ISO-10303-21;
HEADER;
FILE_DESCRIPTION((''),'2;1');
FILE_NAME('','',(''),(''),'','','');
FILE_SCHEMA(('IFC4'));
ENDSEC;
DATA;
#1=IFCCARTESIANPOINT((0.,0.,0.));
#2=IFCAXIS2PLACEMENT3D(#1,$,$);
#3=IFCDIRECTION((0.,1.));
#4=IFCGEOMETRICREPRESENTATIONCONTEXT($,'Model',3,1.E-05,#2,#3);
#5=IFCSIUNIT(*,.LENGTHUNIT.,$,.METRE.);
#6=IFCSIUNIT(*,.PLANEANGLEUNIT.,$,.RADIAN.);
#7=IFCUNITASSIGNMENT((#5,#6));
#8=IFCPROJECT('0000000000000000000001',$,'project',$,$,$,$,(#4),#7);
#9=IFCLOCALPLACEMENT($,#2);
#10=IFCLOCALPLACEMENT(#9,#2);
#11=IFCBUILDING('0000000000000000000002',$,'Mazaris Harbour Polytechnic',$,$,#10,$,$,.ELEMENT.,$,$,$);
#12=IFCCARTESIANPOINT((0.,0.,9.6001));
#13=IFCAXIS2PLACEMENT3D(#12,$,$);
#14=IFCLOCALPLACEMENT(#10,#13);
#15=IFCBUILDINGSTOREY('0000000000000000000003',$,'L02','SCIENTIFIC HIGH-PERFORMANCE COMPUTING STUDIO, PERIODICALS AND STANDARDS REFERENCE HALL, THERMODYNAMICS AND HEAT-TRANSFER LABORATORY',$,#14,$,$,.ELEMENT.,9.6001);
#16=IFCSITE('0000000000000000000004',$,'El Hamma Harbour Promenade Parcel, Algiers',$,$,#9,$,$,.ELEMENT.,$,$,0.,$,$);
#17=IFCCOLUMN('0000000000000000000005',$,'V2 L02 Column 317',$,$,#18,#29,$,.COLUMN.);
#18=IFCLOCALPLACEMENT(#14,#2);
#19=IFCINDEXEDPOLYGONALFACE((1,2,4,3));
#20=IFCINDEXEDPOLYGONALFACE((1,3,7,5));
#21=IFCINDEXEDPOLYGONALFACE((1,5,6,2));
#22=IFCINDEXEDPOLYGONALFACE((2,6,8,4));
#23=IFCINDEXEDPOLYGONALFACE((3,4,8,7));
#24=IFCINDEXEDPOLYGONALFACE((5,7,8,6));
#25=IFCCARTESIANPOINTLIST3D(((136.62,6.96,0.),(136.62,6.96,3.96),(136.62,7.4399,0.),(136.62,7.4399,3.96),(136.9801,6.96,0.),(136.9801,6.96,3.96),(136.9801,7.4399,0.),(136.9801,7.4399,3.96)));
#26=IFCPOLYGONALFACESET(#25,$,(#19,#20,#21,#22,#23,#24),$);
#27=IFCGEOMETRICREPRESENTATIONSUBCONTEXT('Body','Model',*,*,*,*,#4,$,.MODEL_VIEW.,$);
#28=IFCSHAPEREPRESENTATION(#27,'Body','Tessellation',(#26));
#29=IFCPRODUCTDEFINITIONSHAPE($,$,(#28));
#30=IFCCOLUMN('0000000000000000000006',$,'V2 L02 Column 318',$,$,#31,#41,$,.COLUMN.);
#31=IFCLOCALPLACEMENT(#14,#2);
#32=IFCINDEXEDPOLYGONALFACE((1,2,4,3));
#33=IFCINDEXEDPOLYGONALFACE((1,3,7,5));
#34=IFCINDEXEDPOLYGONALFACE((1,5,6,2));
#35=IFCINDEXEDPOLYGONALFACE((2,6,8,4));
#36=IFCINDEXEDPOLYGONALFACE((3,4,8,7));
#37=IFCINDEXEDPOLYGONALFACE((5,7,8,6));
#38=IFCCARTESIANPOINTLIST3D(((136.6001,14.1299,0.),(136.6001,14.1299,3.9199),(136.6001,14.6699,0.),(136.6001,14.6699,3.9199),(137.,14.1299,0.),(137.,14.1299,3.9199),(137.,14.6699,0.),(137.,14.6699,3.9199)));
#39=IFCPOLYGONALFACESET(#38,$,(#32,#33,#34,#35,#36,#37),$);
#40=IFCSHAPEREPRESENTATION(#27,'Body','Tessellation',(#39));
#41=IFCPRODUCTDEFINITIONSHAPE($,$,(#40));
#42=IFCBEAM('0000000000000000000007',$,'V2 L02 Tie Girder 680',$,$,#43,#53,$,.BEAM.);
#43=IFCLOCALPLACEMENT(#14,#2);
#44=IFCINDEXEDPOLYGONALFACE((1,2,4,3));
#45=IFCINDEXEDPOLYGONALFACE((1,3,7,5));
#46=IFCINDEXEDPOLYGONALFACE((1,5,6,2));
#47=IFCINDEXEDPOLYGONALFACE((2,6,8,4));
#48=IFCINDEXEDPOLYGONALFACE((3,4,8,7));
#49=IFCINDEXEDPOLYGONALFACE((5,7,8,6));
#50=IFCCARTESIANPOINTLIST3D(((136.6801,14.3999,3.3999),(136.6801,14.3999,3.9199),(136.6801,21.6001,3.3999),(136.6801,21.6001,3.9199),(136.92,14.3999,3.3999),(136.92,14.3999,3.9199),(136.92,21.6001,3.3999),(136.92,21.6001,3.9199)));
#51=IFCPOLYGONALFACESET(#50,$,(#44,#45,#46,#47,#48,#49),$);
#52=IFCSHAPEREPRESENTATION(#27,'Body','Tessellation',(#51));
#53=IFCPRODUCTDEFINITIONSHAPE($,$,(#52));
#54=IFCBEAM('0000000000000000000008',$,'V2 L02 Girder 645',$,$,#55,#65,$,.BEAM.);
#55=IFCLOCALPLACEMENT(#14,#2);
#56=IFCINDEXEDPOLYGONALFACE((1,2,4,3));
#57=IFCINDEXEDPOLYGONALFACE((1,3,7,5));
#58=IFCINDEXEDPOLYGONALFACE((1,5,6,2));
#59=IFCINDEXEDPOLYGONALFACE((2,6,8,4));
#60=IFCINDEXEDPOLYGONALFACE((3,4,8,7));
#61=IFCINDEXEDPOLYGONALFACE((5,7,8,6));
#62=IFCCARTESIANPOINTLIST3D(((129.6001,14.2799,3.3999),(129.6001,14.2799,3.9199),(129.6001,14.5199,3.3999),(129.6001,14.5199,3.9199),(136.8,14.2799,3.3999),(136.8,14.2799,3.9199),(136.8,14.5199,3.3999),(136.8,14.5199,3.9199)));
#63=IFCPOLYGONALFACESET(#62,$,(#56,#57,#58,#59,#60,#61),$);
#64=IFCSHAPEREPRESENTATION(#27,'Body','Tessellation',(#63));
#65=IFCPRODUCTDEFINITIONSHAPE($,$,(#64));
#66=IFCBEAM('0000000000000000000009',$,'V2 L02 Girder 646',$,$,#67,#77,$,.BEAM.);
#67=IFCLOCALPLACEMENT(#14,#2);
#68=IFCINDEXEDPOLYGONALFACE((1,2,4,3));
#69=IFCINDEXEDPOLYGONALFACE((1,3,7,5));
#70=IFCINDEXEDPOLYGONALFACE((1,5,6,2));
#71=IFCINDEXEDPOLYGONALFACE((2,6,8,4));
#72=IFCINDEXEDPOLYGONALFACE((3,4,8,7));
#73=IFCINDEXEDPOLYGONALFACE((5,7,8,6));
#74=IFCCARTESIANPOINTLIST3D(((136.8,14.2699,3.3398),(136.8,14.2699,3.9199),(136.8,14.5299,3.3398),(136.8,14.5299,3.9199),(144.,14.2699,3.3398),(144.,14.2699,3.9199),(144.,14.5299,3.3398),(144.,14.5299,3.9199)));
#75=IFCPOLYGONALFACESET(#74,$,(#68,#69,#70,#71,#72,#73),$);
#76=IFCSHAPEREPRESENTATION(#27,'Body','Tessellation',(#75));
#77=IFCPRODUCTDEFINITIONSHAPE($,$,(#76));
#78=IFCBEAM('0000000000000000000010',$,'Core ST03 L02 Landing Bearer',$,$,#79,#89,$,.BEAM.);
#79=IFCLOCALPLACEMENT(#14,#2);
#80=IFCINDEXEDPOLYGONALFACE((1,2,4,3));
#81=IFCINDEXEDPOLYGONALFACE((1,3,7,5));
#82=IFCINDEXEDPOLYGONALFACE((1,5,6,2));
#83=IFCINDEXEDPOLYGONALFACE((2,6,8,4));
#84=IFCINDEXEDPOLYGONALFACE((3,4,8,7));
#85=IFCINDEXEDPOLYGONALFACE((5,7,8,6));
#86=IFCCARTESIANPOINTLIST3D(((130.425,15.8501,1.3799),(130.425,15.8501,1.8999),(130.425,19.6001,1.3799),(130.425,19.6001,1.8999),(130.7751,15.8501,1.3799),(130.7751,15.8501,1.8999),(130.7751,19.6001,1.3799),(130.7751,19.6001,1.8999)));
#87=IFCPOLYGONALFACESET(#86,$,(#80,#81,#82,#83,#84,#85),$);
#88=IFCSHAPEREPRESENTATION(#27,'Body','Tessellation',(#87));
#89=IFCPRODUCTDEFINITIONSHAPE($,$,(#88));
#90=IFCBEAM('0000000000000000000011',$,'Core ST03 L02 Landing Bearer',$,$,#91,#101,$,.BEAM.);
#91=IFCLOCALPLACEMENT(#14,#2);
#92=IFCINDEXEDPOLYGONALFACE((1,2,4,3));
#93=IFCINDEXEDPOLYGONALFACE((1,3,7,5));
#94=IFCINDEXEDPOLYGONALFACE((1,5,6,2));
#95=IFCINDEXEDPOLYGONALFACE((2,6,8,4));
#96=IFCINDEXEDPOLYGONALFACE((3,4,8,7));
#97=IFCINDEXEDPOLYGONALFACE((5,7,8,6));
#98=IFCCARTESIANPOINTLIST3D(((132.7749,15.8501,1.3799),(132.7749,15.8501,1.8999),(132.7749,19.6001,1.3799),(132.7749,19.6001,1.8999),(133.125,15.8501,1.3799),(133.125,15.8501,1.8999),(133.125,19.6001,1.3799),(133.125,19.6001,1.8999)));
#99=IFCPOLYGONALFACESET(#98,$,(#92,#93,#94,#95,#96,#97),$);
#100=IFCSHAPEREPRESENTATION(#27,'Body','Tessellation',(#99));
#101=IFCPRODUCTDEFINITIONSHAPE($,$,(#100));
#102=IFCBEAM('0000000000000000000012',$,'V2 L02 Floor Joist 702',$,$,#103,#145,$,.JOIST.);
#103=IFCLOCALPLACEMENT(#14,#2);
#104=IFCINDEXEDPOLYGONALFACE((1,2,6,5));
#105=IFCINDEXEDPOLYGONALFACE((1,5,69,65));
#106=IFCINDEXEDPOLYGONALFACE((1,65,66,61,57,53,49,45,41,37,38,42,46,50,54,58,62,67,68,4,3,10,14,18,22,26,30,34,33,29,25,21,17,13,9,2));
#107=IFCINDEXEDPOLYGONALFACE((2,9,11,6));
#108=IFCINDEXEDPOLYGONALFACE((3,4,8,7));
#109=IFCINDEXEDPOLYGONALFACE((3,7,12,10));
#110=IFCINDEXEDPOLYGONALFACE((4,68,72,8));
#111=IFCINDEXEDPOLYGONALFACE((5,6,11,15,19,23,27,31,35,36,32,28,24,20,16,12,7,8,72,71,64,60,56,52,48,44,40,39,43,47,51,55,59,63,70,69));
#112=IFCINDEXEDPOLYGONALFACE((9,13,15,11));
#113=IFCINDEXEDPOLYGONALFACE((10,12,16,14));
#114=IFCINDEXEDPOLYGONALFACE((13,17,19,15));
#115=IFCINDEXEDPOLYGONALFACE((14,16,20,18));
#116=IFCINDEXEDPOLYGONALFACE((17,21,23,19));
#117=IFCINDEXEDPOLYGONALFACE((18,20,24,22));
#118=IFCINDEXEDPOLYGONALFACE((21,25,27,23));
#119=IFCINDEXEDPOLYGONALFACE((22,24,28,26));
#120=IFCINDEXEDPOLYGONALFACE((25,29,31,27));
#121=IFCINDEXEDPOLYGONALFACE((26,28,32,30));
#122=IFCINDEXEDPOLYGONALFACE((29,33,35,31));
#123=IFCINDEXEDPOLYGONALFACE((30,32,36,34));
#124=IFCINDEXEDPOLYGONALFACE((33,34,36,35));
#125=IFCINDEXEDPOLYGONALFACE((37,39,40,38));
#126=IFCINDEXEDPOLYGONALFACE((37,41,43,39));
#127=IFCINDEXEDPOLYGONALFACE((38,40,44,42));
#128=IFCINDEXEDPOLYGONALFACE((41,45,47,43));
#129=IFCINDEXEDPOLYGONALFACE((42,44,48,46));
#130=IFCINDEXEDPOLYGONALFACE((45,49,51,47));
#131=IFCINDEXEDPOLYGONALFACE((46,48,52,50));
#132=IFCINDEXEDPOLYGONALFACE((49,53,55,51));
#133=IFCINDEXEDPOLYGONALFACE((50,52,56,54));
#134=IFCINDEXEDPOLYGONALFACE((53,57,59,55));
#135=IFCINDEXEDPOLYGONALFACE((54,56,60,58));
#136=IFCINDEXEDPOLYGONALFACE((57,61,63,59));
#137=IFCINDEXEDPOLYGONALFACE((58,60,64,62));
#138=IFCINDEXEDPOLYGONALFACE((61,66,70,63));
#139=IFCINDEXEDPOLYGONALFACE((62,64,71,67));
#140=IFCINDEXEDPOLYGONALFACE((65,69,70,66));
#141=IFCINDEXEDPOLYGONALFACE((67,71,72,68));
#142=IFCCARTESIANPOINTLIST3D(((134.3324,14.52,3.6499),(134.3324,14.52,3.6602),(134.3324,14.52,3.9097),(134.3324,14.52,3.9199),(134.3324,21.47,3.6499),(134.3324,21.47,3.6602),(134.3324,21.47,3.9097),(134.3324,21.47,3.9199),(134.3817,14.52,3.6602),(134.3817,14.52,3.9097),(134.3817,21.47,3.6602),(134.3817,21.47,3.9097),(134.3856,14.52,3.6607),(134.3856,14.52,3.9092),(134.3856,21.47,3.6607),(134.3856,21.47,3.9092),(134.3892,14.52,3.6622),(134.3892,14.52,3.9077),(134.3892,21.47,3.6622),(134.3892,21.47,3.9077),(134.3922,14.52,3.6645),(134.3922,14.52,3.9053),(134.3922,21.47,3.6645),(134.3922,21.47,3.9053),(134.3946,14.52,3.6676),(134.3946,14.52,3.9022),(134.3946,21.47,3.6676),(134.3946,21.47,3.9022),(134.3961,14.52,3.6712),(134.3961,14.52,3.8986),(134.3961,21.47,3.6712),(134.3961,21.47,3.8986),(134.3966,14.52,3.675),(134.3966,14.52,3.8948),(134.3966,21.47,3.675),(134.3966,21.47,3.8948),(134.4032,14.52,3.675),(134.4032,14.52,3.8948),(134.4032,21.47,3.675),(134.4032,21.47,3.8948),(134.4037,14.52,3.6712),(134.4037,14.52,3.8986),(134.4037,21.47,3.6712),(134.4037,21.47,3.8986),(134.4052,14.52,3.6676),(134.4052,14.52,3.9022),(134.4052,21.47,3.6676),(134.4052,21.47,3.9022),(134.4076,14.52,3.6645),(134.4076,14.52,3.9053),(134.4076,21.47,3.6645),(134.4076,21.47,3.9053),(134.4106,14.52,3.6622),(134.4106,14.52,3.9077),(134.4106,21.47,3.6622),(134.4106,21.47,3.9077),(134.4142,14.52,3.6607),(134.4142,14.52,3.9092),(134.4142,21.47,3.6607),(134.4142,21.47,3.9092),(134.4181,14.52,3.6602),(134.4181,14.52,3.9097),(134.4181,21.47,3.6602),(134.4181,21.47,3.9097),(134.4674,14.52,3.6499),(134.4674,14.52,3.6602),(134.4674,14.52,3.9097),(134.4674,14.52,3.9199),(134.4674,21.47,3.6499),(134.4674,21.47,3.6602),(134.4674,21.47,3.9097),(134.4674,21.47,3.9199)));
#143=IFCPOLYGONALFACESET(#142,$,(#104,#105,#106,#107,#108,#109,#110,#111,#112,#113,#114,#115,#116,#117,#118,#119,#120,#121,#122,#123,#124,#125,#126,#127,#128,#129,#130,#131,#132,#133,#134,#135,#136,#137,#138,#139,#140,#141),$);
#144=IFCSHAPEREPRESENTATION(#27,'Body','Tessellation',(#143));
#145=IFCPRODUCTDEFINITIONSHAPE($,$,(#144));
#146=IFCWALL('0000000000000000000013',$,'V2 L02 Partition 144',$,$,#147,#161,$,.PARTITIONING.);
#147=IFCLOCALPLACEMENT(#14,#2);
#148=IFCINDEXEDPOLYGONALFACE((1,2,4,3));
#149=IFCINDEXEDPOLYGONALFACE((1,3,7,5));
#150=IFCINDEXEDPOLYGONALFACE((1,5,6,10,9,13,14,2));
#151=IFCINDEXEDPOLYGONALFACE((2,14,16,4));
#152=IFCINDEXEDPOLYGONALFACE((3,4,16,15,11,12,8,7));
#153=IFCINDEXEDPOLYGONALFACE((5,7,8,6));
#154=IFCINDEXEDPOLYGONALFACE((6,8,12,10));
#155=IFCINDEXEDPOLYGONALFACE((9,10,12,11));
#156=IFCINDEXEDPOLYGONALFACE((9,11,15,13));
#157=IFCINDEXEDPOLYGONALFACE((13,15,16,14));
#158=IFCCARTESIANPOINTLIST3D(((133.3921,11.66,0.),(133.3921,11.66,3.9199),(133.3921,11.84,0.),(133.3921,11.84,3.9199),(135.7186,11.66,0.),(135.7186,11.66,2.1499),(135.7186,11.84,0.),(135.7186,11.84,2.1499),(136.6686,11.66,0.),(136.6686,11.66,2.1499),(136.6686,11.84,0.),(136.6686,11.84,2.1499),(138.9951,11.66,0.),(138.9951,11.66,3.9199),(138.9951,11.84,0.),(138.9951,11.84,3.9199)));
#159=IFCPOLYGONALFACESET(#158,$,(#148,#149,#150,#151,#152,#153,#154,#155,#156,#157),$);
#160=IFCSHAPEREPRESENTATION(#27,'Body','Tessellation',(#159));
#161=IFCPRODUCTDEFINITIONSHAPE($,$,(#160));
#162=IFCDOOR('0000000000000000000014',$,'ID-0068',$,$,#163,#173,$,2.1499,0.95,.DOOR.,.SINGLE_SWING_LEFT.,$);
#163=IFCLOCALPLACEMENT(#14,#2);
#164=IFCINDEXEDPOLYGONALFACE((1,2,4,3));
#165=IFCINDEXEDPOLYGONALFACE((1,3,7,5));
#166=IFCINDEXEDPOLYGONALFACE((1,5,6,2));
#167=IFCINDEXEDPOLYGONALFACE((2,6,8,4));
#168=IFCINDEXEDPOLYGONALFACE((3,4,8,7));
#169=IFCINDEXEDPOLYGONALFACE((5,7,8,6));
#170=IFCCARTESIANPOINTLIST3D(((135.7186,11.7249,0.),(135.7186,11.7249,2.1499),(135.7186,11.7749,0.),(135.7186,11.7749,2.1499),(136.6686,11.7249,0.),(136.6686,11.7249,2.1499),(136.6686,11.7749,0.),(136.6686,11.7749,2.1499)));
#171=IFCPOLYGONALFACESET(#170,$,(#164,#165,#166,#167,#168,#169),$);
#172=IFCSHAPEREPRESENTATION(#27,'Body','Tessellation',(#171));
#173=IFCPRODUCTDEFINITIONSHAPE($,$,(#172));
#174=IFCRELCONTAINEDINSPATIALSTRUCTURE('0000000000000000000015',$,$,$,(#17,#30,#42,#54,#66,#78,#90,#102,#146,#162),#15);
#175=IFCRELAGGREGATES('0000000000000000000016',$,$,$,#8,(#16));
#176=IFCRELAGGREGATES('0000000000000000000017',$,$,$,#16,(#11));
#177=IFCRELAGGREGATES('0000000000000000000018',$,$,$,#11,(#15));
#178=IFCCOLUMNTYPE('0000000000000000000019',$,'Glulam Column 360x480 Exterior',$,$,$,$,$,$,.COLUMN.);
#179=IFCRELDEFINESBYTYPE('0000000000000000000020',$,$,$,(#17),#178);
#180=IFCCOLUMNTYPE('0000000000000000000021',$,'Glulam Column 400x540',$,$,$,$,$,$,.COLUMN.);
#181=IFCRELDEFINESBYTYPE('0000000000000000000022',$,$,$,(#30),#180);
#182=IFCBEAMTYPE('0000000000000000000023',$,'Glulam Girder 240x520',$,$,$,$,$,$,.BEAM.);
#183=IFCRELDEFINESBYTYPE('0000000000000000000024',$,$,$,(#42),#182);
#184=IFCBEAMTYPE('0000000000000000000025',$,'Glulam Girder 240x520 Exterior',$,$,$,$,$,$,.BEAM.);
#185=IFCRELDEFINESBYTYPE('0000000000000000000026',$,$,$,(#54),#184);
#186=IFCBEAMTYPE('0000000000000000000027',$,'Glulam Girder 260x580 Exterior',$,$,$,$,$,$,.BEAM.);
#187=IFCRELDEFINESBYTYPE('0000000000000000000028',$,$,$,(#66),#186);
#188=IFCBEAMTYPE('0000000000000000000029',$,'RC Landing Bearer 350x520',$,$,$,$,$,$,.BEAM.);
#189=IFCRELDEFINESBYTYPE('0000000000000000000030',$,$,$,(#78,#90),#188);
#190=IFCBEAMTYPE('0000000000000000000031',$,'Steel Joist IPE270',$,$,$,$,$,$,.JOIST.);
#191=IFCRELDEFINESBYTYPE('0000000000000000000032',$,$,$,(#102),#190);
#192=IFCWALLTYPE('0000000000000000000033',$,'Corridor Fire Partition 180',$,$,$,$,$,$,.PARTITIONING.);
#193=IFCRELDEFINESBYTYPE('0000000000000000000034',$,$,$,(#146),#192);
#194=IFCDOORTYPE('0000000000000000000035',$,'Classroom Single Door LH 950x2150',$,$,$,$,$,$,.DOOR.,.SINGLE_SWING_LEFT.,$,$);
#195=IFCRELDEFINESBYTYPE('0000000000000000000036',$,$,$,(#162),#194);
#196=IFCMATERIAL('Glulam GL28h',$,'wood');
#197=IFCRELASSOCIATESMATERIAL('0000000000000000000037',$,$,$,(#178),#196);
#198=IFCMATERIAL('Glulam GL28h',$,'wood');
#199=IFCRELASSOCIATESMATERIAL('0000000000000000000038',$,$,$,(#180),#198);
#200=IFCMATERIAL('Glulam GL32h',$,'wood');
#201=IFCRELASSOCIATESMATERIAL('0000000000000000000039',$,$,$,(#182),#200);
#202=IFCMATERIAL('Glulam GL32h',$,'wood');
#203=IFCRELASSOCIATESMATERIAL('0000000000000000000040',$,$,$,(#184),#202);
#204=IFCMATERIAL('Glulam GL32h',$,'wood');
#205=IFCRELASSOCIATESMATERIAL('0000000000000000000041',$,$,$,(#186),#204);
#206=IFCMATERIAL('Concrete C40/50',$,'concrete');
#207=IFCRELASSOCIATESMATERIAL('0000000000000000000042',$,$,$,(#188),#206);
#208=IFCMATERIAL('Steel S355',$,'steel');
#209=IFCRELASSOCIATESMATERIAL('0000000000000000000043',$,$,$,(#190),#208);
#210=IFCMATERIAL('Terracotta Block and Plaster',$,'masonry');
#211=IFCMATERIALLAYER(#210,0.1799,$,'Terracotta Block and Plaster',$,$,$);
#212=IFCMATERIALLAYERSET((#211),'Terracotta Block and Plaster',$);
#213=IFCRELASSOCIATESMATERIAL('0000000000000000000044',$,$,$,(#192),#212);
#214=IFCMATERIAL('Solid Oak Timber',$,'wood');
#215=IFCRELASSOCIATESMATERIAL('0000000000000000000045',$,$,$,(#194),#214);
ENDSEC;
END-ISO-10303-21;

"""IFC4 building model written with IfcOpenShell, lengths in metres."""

from ifc_helpers import new_model, si_unit, direction, frame, frame_2d, origin, origin_2d, place, context, subcontext, project, spatial, rectangle, i_section, extrude, material, layer, layer_set, material_profile, profile_set, type_object, element, fill, save


model = new_model("IFC4")

# Units and contexts
model_context = context("Model", 3, precision=1e-05, world=origin(), true_north=direction((0.0, 1.0)))
body_context = subcontext(model_context, "Body", "Model", "MODEL_VIEW")
ifc_project = project(units=[si_unit("LENGTHUNIT", "METRE"), si_unit("PLANEANGLEUNIT", "RADIAN")], contexts=[model_context])

# Site, building, storey
site_placement = place(None, origin())
site = spatial("IfcSite", under=ifc_project, at=site_placement, Name="El Hamma Harbour Promenade Parcel, Algiers", CompositionType="ELEMENT", RefElevation=0.0)
building_placement = place(site_placement, origin())
building = spatial("IfcBuilding", under=site, at=building_placement, Name="Mazaris Harbour Polytechnic", CompositionType="ELEMENT")
storey_placement = place(building_placement, frame((0.0, 0.0, 9.6001)))
storey = spatial("IfcBuildingStorey", under=building, at=storey_placement, Name="L02", Description="SCIENTIFIC HIGH-PERFORMANCE COMPUTING STUDIO, PERIODICALS AND STANDARDS REFERENCE HALL, THERMODYNAMICS AND HEAT-TRANSFER LABORATORY", CompositionType="ELEMENT", Elevation=9.6001)

# Columns
ifc_material_1 = material(Name="Glulam GL28h", Category="wood")
ifc_material_profile_1 = material_profile(ifc_material_1, rectangle(XDim=0.3601, YDim=0.48, at=origin_2d()), Name="RECT360x480")
ifc_profile_set_1 = profile_set([ifc_material_profile_1], Name="Glulam GL28h")
column_type_1 = type_object("IfcColumnType", Name="Glulam Column 360x480 Exterior", PredefinedType="COLUMN", material=ifc_profile_set_1)
column_1_placement = place(storey_placement, frame((136.8, 7.2, 0.0), z_axis=(0.0, 0.0, 1.0), x_axis=(1.0, 0.0, 0.0)))
element("IfcColumn", 1, at=column_1_placement, inside=storey, type_object=column_type_1, Name="V2 L02 Column 317", PredefinedType="COLUMN", context=body_context, shape_type="SweptSolid", body=[
    extrude(rectangle(XDim=0.3601, YDim=0.48, at=origin_2d()), origin(), (0.0, 0.0, 1.0), 3.96),
])
ifc_material_2 = material(Name="Glulam GL28h", Category="wood")
ifc_material_profile_2 = material_profile(ifc_material_2, rectangle(XDim=0.3999, YDim=0.54, at=origin_2d()), Name="RECT400x540")
ifc_profile_set_2 = profile_set([ifc_material_profile_2], Name="Glulam GL28h")
column_type_2 = type_object("IfcColumnType", Name="Glulam Column 400x540", PredefinedType="COLUMN", material=ifc_profile_set_2)
column_2_placement = place(storey_placement, frame((136.8, 14.3999, 0.0), z_axis=(0.0, 0.0, 1.0), x_axis=(1.0, 0.0, 0.0)))
element("IfcColumn", 2, at=column_2_placement, inside=storey, type_object=column_type_2, Name="V2 L02 Column 318", PredefinedType="COLUMN", context=body_context, shape_type="SweptSolid", body=[
    extrude(rectangle(XDim=0.3999, YDim=0.54, at=origin_2d()), origin(), (0.0, 0.0, 1.0), 3.9199),
])

# Beams
ifc_material_3 = material(Name="Glulam GL32h", Category="wood")
ifc_material_profile_3 = material_profile(ifc_material_3, rectangle(XDim=0.24, YDim=0.52, at=origin_2d()), Name="RECT240x520")
ifc_profile_set_3 = profile_set([ifc_material_profile_3], Name="Glulam GL32h")
beam_type_1 = type_object("IfcBeamType", Name="Glulam Girder 240x520", PredefinedType="BEAM", material=ifc_profile_set_3)
beam_1_placement = place(storey_placement, frame((136.8, 14.3999, 3.6599), z_axis=(0.0, 1.0, 0.0), x_axis=(-1.0, 0.0, 0.0)))
element("IfcBeam", 3, at=beam_1_placement, inside=storey, type_object=beam_type_1, Name="V2 L02 Tie Girder 680", PredefinedType="BEAM", context=body_context, shape_type="SweptSolid", body=[
    extrude(rectangle(XDim=0.24, YDim=0.52, at=origin_2d()), origin(), (0.0, 0.0, 1.0), 7.2002),
])
ifc_material_4 = material(Name="Glulam GL32h", Category="wood")
ifc_material_profile_4 = material_profile(ifc_material_4, rectangle(XDim=0.24, YDim=0.52, at=origin_2d()), Name="RECT240x520")
ifc_profile_set_4 = profile_set([ifc_material_profile_4], Name="Glulam GL32h")
beam_type_2 = type_object("IfcBeamType", Name="Glulam Girder 240x520 Exterior", PredefinedType="BEAM", material=ifc_profile_set_4)
beam_2_placement = place(storey_placement, frame((129.6001, 14.3999, 3.6599), z_axis=(1.0, 0.0, 0.0), x_axis=(0.0, 1.0, 0.0)))
element("IfcBeam", 4, at=beam_2_placement, inside=storey, type_object=beam_type_2, Name="V2 L02 Girder 645", PredefinedType="BEAM", context=body_context, shape_type="SweptSolid", body=[
    extrude(rectangle(XDim=0.24, YDim=0.52, at=origin_2d()), origin(), (0.0, 0.0, 1.0), 7.2),
])
ifc_material_5 = material(Name="Glulam GL32h", Category="wood")
ifc_material_profile_5 = material_profile(ifc_material_5, rectangle(XDim=0.26, YDim=0.5801, at=origin_2d()), Name="RECT260x580")
ifc_profile_set_5 = profile_set([ifc_material_profile_5], Name="Glulam GL32h")
beam_type_3 = type_object("IfcBeamType", Name="Glulam Girder 260x580 Exterior", PredefinedType="BEAM", material=ifc_profile_set_5)
beam_3_placement = place(storey_placement, frame((136.8, 14.3999, 3.6299), z_axis=(1.0, 0.0, 0.0), x_axis=(0.0, 1.0, 0.0)))
element("IfcBeam", 5, at=beam_3_placement, inside=storey, type_object=beam_type_3, Name="V2 L02 Girder 646", PredefinedType="BEAM", context=body_context, shape_type="SweptSolid", body=[
    extrude(rectangle(XDim=0.26, YDim=0.5801, at=origin_2d()), origin(), (0.0, 0.0, 1.0), 7.2),
])
ifc_material_6 = material(Name="Concrete C40/50", Category="concrete")
ifc_material_profile_6 = material_profile(ifc_material_6, rectangle(XDim=0.3501, YDim=0.52, at=origin_2d()), Name="RECT350x520")
ifc_profile_set_6 = profile_set([ifc_material_profile_6], Name="Concrete C40/50")
beam_type_4 = type_object("IfcBeamType", Name="RC Landing Bearer 350x520", PredefinedType="BEAM", material=ifc_profile_set_6)
for number, where, z_axis, x_axis, name in (
    (6, (130.6001, 15.8501, 1.6399), (0.0, 1.0, 0.0), (-1.0, 0.0, 0.0), "Core ST03 L02 Landing Bearer"),
    (7, (132.95, 15.8501, 1.6399), (0.0, 1.0, 0.0), (-1.0, 0.0, 0.0), "Core ST03 L02 Landing Bearer"),
):
    element("IfcBeam", number, at=place(storey_placement, frame(where, z_axis=z_axis, x_axis=x_axis)), inside=storey, type_object=beam_type_4, Name=name, PredefinedType="BEAM", context=body_context, shape_type="SweptSolid", body=[
        extrude(rectangle(XDim=0.3501, YDim=0.52, at=origin_2d()), origin(), (0.0, 0.0, 1.0), 3.75),
    ])
ifc_material_7 = material(Name="Steel S355", Category="steel")
ifc_material_profile_7 = material_profile(ifc_material_7, i_section(OverallWidth=0.135, OverallDepth=0.27, WebThickness=0.0066, FlangeThickness=0.0103, FilletRadius=0.0149, at=origin_2d()), Name="IPE 270")
ifc_profile_set_7 = profile_set([ifc_material_profile_7], Name="Steel S355")
beam_type_5 = type_object("IfcBeamType", Name="Steel Joist IPE270", PredefinedType="JOIST", material=ifc_profile_set_7)
beam_4_placement = place(storey_placement, frame((134.3999, 14.52, 3.7849), z_axis=(0.0, 1.0, 0.0), x_axis=(-1.0, 0.0, 0.0)))
element("IfcBeam", 8, at=beam_4_placement, inside=storey, type_object=beam_type_5, Name="V2 L02 Floor Joist 702", PredefinedType="JOIST", context=body_context, shape_type="SweptSolid", body=[
    extrude(i_section(OverallWidth=0.135, OverallDepth=0.27, WebThickness=0.0066, FlangeThickness=0.0103, FilletRadius=0.0149, at=origin_2d()), origin(), (0.0, 0.0, 1.0), 6.95),
])

# Wall, opening, door
ifc_material_8 = material(Name="Terracotta Block and Plaster", Category="masonry")
ifc_layer_1 = layer(ifc_material_8, 0.1799, Name="Terracotta Block and Plaster")
ifc_layer_set_1 = layer_set([ifc_layer_1], Name="Terracotta Block and Plaster")
wall_type_1 = type_object("IfcWallType", Name="Corridor Fire Partition 180", PredefinedType="PARTITIONING", material=ifc_layer_set_1)
wall_1_placement = place(storey_placement, frame((133.3921, 11.75, 0.0), z_axis=(0.0, 0.0, 1.0), x_axis=(1.0, 0.0, 0.0)))
wall_1 = element("IfcWall", 9, at=wall_1_placement, inside=storey, type_object=wall_type_1, Name="V2 L02 Partition 144", PredefinedType="PARTITIONING", context=body_context, shape_type="SweptSolid", body=[
    extrude(rectangle(XDim=5.603, YDim=0.1799, at=frame_2d((2.8015, 0.0))), origin(), (0.0, 0.0, 1.0), 3.9199),
])
opening_1_placement = place(wall_1_placement, frame((2.3264, 0.0, 0.0)))
opening_1 = element("IfcOpeningElement", 10, at=opening_1_placement, cuts=wall_1, PredefinedType="OPENING", context=body_context, shape_type="SweptSolid", body=[
    extrude(rectangle(XDim=0.95, YDim=2.1499, at=frame_2d((0.4751, 1.075))), frame((0.0, 0.0999, 0.0), z_axis=(0.0, -1.0, 0.0), x_axis=(1.0, 0.0, 0.0)), (0.0, 0.0, 1.0), 0.2),
])
ifc_material_9 = material(Name="Solid Oak Timber", Category="wood")
door_type = type_object("IfcDoorType", Name="Classroom Single Door LH 950x2150", OperationType="SINGLE_SWING_LEFT", PredefinedType="DOOR", material=ifc_material_9)
door_1_placement = place(opening_1_placement, origin())
door_1 = element("IfcDoor", 11, at=door_1_placement, inside=storey, type_object=door_type, Name="ID-0068", OperationType="SINGLE_SWING_LEFT", OverallHeight=2.1499, OverallWidth=0.95, PredefinedType="DOOR", context=body_context, shape_type="SweptSolid", body=[
    extrude(rectangle(XDim=0.95, YDim=2.1499, at=frame_2d((0.4751, 1.075))), frame((0.0, 0.0249, 0.0), z_axis=(0.0, -1.0, 0.0), x_axis=(1.0, 0.0, 0.0)), (0.0, 0.0, 1.0), 0.05),
])
fill(opening_1, door_1)

save(model, "model.ifc")
